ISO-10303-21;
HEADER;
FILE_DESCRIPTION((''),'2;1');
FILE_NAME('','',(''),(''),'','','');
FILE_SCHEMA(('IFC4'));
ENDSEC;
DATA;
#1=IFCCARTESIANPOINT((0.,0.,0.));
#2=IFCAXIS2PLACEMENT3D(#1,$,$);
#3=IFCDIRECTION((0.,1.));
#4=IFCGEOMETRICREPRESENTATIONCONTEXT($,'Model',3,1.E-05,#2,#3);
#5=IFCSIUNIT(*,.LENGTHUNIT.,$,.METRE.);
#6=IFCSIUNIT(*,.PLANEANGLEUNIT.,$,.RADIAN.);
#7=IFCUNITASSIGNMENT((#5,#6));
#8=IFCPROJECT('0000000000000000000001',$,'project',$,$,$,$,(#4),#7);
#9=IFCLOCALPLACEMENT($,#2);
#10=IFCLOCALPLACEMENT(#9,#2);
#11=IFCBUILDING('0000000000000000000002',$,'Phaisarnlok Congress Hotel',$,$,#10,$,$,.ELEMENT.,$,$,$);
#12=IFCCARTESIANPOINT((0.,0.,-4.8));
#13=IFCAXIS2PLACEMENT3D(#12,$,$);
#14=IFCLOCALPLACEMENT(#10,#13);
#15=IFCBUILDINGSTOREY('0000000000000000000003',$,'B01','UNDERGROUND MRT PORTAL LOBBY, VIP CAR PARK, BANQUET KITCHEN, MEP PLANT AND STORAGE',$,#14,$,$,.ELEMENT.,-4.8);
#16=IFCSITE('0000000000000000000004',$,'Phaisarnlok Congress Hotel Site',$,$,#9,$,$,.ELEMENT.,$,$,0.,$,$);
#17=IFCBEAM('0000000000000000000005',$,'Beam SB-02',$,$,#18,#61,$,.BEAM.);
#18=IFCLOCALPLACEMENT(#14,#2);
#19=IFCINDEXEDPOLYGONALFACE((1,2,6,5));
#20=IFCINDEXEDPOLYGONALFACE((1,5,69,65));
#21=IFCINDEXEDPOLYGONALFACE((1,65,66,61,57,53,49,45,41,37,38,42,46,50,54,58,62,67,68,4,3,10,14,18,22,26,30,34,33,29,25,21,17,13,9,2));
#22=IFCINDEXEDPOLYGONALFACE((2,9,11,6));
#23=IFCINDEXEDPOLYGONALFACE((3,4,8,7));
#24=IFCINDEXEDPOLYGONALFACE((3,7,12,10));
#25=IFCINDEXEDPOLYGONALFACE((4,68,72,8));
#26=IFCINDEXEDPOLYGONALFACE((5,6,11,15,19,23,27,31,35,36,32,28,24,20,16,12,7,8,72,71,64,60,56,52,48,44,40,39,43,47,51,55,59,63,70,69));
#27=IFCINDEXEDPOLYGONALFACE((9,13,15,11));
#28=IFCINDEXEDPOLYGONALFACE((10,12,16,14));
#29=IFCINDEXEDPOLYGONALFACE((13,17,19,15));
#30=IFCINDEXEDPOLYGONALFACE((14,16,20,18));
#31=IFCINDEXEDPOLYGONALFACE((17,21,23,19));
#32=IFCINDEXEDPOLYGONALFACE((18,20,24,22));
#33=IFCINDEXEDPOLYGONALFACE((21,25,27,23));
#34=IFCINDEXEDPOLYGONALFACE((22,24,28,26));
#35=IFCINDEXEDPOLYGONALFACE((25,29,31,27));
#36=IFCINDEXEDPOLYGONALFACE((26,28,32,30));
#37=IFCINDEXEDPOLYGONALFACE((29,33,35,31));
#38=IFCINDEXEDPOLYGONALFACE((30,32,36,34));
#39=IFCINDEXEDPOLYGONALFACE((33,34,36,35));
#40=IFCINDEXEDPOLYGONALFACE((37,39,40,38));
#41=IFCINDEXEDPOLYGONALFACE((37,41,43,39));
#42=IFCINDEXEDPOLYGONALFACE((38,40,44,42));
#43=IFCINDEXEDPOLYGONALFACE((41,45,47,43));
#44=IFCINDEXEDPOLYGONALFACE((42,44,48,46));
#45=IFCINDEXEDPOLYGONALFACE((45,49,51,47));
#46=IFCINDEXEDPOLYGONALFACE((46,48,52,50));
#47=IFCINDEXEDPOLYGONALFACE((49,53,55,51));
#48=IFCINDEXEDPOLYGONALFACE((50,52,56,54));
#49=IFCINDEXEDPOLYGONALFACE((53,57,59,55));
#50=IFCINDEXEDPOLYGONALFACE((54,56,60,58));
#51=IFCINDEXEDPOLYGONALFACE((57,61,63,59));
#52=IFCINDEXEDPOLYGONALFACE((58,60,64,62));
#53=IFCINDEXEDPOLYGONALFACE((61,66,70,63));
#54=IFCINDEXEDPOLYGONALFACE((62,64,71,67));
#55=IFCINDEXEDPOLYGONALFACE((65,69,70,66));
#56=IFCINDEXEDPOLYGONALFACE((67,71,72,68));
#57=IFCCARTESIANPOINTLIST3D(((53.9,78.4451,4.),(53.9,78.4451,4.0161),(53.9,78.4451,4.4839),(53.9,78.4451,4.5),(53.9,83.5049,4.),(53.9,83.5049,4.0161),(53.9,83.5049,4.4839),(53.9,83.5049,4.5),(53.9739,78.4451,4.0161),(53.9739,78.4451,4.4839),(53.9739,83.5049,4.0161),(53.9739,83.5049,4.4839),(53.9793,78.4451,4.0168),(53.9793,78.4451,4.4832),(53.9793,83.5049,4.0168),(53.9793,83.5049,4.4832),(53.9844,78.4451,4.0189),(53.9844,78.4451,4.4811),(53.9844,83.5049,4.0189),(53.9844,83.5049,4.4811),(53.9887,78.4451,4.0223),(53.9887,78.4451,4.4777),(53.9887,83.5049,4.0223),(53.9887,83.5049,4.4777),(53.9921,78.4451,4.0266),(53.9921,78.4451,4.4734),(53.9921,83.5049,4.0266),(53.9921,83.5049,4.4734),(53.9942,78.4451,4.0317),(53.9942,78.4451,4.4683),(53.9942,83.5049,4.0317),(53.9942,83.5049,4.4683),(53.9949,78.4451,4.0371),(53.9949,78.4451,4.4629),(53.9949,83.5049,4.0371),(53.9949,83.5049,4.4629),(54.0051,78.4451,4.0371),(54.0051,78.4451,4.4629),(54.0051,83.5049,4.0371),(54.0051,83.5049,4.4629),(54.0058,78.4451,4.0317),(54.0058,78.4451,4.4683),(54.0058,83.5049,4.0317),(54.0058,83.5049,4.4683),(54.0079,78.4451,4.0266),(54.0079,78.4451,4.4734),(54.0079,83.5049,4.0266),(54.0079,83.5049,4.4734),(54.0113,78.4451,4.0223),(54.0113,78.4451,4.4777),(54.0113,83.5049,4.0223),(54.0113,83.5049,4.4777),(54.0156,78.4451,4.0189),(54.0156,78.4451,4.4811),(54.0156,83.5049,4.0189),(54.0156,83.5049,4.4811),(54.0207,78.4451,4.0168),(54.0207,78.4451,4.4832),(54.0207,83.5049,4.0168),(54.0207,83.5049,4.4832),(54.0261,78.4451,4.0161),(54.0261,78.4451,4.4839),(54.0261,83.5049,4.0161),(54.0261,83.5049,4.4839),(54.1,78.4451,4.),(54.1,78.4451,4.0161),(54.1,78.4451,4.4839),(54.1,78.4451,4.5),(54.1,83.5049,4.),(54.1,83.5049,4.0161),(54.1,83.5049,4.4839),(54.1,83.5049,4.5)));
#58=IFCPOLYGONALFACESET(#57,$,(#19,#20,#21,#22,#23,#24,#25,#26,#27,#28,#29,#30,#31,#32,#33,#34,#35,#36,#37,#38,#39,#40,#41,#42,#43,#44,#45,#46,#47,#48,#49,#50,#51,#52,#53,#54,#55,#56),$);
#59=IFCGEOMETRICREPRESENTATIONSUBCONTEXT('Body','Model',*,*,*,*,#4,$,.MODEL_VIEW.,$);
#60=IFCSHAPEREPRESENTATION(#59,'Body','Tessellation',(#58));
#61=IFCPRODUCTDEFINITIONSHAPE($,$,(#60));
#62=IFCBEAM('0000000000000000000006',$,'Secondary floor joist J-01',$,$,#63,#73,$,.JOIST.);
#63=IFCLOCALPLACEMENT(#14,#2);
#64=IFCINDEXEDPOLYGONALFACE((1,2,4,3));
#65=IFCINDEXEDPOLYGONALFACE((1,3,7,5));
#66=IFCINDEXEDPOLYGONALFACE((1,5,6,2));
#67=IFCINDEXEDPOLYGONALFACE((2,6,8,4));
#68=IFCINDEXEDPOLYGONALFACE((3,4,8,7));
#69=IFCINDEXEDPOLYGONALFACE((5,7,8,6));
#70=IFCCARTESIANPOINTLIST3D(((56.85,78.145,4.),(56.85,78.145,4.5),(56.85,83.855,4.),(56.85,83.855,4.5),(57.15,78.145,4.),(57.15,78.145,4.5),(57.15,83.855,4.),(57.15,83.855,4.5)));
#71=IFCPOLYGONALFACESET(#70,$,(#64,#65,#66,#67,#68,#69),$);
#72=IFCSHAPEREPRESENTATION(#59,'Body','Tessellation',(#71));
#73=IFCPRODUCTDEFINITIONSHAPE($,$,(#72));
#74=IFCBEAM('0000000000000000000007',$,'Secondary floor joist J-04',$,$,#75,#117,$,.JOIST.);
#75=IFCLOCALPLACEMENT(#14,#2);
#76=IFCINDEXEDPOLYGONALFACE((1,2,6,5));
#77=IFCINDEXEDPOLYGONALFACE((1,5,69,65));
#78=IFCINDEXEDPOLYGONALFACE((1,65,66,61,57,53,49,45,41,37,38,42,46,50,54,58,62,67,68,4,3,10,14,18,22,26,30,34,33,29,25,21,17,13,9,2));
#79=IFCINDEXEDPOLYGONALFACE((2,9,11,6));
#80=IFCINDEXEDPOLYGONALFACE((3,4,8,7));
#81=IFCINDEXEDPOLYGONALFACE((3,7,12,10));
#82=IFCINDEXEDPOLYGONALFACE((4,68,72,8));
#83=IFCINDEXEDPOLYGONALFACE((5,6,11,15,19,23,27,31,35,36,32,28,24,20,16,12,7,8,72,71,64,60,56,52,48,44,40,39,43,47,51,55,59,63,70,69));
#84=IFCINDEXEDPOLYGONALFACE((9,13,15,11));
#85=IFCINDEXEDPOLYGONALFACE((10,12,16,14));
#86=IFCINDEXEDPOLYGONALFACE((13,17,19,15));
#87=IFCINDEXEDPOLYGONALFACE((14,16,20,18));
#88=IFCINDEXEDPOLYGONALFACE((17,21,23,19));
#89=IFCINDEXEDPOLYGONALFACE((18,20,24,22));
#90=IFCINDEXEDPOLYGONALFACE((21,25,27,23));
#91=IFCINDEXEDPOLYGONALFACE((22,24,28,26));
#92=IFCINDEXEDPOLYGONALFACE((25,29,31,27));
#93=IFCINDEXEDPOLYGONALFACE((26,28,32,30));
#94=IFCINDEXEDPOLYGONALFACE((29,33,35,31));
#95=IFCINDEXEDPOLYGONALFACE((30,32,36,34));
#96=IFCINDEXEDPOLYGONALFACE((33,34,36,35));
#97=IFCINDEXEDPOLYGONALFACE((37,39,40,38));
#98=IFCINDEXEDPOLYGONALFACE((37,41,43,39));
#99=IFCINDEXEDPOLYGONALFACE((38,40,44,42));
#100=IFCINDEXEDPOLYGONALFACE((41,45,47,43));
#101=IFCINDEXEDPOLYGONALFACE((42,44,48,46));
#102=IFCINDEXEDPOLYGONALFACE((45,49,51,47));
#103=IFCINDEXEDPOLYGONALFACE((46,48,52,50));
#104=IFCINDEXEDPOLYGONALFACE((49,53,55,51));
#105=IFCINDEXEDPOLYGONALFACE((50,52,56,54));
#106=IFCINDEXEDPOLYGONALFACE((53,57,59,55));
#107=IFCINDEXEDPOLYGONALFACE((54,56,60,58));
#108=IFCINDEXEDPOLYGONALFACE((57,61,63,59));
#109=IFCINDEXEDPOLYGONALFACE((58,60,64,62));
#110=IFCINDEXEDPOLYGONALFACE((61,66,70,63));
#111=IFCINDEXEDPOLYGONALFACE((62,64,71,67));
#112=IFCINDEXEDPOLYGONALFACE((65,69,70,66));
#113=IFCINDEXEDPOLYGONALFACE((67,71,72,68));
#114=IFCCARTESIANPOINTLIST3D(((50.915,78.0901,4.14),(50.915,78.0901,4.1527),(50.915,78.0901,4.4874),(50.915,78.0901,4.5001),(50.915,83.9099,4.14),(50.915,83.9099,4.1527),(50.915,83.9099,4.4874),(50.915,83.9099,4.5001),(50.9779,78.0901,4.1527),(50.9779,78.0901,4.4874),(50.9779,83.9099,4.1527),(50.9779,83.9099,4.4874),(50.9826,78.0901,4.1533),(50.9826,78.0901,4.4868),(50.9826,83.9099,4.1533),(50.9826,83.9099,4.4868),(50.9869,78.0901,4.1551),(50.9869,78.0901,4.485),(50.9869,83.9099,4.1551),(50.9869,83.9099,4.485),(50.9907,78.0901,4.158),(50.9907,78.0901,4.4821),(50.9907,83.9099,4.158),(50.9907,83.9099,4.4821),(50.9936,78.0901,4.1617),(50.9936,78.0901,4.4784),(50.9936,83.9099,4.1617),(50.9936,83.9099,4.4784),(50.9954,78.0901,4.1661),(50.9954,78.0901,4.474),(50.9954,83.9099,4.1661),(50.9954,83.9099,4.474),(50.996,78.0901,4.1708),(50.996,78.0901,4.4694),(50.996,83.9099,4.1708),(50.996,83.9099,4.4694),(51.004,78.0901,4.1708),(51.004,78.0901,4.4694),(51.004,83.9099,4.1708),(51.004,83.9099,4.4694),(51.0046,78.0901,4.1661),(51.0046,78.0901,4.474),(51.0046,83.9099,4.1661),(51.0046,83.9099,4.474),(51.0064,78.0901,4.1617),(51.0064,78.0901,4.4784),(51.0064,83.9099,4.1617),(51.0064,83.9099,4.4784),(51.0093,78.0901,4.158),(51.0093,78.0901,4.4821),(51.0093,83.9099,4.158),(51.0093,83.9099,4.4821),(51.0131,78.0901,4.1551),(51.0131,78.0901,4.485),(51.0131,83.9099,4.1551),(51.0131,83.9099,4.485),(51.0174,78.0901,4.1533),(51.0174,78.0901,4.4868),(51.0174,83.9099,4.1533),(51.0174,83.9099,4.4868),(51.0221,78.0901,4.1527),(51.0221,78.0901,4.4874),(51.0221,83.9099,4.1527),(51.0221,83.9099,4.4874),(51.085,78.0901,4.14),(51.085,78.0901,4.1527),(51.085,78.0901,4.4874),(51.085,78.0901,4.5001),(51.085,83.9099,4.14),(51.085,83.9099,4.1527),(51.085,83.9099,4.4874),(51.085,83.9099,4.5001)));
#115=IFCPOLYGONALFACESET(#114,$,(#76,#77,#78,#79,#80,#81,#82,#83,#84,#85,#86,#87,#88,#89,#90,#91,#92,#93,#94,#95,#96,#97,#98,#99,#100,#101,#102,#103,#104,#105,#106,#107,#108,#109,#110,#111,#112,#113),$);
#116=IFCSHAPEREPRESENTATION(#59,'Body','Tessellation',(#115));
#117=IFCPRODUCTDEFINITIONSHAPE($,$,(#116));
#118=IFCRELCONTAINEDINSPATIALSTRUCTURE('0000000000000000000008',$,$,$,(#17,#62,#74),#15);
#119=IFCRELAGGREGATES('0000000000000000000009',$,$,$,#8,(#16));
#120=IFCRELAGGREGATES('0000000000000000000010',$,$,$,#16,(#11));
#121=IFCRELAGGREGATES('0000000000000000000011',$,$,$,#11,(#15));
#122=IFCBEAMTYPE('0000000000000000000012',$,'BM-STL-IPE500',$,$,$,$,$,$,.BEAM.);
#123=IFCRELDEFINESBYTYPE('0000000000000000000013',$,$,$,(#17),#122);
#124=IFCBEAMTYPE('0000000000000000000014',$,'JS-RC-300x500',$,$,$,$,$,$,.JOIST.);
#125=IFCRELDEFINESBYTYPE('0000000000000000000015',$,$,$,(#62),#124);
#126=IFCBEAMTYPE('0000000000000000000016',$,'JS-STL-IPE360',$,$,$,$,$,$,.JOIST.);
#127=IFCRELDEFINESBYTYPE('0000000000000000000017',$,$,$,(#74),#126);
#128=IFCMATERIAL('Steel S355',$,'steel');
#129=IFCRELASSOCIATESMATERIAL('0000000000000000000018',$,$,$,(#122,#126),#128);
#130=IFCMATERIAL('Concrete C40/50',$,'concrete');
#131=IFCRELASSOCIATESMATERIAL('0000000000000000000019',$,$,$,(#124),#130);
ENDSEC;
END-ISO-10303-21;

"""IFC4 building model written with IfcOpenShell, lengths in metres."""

from ifc_helpers import new_model, si_unit, direction, frame, origin, origin_2d, place, context, subcontext, project, spatial, rectangle, i_section, extrude, material, material_profile, profile_set, type_object, element, save


model = new_model("IFC4")

# Units and contexts
model_context = context("Model", 3, precision=1e-05, world=origin(), true_north=direction((0.0, 1.0)))
body_context = subcontext(model_context, "Body", "Model", "MODEL_VIEW")
ifc_project = project(units=[si_unit("LENGTHUNIT", "METRE"), si_unit("PLANEANGLEUNIT", "RADIAN")], contexts=[model_context])

# Site, building, storey
site_placement = place(None, origin())
site = spatial("IfcSite", under=ifc_project, at=site_placement, Name="Phaisarnlok Congress Hotel Site", CompositionType="ELEMENT", RefElevation=0.0)
building_placement = place(site_placement, origin())
building = spatial("IfcBuilding", under=site, at=building_placement, Name="Phaisarnlok Congress Hotel", CompositionType="ELEMENT")
storey_placement = place(building_placement, frame((0.0, 0.0, -4.8)))
storey = spatial("IfcBuildingStorey", under=building, at=storey_placement, Name="B01", Description="UNDERGROUND MRT PORTAL LOBBY, VIP CAR PARK, BANQUET KITCHEN, MEP PLANT AND STORAGE", CompositionType="ELEMENT", Elevation=-4.8)

# Shared definitions
ifc_material_1 = material(Name="Concrete C40/50", Category="concrete")

# Beams
ifc_material_2 = material(Name="Steel S355", Category="steel")
ifc_material_profile_1 = material_profile(ifc_material_2, i_section(OverallWidth=0.2, OverallDepth=0.5, WebThickness=0.0103, FlangeThickness=0.0161, FilletRadius=0.021, at=origin_2d()), Name="IPE 500")
ifc_profile_set_1 = profile_set([ifc_material_profile_1], Name="Steel S355")
beam_type_1 = type_object("IfcBeamType", Name="BM-STL-IPE500", PredefinedType="BEAM", material=ifc_profile_set_1)
beam_1_placement = place(storey_placement, frame((54.0, 78.4451, 4.25), z_axis=(0.0, 1.0, 0.0), x_axis=(-1.0, 0.0, 0.0)))
element("IfcBeam", 1, at=beam_1_placement, inside=storey, type_object=beam_type_1, Name="Beam SB-02", PredefinedType="BEAM", context=body_context, shape_type="SweptSolid", body=[
    extrude(i_section(OverallWidth=0.2, OverallDepth=0.5, WebThickness=0.0103, FlangeThickness=0.0161, FilletRadius=0.021, at=origin_2d()), origin(), (0.0, 0.0, 1.0), 5.0598),
])
ifc_material_profile_2 = material_profile(ifc_material_1, rectangle(XDim=0.3, YDim=0.5, at=origin_2d()), Name="RC 300x500")
ifc_profile_set_2 = profile_set([ifc_material_profile_2], Name="Concrete C40/50")
beam_type_2 = type_object("IfcBeamType", Name="JS-RC-300x500", PredefinedType="JOIST", material=ifc_profile_set_2)
beam_2_placement = place(storey_placement, frame((57.0, 78.145, 4.25), z_axis=(0.0, 1.0, 0.0), x_axis=(-1.0, 0.0, 0.0)))
element("IfcBeam", 2, at=beam_2_placement, inside=storey, type_object=beam_type_2, Name="Secondary floor joist J-01", PredefinedType="JOIST", context=body_context, shape_type="SweptSolid", body=[
    extrude(rectangle(XDim=0.3, YDim=0.5, at=origin_2d()), origin(), (0.0, 0.0, 1.0), 5.71),
])
ifc_material_profile_3 = material_profile(ifc_material_2, i_section(OverallWidth=0.1699, OverallDepth=0.3601, WebThickness=0.0081, FlangeThickness=0.0127, FilletRadius=0.0181, at=origin_2d()), Name="IPE 360")
ifc_profile_set_3 = profile_set([ifc_material_profile_3], Name="Steel S355")
beam_type_3 = type_object("IfcBeamType", Name="JS-STL-IPE360", PredefinedType="JOIST", material=ifc_profile_set_3)
beam_3_placement = place(storey_placement, frame((51.0, 78.0901, 4.3201), z_axis=(0.0, 1.0, 0.0), x_axis=(-1.0, 0.0, 0.0)))
element("IfcBeam", 3, at=beam_3_placement, inside=storey, type_object=beam_type_3, Name="Secondary floor joist J-04", PredefinedType="JOIST", context=body_context, shape_type="SweptSolid", body=[
    extrude(i_section(OverallWidth=0.1699, OverallDepth=0.3601, WebThickness=0.0081, FlangeThickness=0.0127, FilletRadius=0.0181, at=origin_2d()), origin(), (0.0, 0.0, 1.0), 5.8198),
])

save(model, "model.ifc")
